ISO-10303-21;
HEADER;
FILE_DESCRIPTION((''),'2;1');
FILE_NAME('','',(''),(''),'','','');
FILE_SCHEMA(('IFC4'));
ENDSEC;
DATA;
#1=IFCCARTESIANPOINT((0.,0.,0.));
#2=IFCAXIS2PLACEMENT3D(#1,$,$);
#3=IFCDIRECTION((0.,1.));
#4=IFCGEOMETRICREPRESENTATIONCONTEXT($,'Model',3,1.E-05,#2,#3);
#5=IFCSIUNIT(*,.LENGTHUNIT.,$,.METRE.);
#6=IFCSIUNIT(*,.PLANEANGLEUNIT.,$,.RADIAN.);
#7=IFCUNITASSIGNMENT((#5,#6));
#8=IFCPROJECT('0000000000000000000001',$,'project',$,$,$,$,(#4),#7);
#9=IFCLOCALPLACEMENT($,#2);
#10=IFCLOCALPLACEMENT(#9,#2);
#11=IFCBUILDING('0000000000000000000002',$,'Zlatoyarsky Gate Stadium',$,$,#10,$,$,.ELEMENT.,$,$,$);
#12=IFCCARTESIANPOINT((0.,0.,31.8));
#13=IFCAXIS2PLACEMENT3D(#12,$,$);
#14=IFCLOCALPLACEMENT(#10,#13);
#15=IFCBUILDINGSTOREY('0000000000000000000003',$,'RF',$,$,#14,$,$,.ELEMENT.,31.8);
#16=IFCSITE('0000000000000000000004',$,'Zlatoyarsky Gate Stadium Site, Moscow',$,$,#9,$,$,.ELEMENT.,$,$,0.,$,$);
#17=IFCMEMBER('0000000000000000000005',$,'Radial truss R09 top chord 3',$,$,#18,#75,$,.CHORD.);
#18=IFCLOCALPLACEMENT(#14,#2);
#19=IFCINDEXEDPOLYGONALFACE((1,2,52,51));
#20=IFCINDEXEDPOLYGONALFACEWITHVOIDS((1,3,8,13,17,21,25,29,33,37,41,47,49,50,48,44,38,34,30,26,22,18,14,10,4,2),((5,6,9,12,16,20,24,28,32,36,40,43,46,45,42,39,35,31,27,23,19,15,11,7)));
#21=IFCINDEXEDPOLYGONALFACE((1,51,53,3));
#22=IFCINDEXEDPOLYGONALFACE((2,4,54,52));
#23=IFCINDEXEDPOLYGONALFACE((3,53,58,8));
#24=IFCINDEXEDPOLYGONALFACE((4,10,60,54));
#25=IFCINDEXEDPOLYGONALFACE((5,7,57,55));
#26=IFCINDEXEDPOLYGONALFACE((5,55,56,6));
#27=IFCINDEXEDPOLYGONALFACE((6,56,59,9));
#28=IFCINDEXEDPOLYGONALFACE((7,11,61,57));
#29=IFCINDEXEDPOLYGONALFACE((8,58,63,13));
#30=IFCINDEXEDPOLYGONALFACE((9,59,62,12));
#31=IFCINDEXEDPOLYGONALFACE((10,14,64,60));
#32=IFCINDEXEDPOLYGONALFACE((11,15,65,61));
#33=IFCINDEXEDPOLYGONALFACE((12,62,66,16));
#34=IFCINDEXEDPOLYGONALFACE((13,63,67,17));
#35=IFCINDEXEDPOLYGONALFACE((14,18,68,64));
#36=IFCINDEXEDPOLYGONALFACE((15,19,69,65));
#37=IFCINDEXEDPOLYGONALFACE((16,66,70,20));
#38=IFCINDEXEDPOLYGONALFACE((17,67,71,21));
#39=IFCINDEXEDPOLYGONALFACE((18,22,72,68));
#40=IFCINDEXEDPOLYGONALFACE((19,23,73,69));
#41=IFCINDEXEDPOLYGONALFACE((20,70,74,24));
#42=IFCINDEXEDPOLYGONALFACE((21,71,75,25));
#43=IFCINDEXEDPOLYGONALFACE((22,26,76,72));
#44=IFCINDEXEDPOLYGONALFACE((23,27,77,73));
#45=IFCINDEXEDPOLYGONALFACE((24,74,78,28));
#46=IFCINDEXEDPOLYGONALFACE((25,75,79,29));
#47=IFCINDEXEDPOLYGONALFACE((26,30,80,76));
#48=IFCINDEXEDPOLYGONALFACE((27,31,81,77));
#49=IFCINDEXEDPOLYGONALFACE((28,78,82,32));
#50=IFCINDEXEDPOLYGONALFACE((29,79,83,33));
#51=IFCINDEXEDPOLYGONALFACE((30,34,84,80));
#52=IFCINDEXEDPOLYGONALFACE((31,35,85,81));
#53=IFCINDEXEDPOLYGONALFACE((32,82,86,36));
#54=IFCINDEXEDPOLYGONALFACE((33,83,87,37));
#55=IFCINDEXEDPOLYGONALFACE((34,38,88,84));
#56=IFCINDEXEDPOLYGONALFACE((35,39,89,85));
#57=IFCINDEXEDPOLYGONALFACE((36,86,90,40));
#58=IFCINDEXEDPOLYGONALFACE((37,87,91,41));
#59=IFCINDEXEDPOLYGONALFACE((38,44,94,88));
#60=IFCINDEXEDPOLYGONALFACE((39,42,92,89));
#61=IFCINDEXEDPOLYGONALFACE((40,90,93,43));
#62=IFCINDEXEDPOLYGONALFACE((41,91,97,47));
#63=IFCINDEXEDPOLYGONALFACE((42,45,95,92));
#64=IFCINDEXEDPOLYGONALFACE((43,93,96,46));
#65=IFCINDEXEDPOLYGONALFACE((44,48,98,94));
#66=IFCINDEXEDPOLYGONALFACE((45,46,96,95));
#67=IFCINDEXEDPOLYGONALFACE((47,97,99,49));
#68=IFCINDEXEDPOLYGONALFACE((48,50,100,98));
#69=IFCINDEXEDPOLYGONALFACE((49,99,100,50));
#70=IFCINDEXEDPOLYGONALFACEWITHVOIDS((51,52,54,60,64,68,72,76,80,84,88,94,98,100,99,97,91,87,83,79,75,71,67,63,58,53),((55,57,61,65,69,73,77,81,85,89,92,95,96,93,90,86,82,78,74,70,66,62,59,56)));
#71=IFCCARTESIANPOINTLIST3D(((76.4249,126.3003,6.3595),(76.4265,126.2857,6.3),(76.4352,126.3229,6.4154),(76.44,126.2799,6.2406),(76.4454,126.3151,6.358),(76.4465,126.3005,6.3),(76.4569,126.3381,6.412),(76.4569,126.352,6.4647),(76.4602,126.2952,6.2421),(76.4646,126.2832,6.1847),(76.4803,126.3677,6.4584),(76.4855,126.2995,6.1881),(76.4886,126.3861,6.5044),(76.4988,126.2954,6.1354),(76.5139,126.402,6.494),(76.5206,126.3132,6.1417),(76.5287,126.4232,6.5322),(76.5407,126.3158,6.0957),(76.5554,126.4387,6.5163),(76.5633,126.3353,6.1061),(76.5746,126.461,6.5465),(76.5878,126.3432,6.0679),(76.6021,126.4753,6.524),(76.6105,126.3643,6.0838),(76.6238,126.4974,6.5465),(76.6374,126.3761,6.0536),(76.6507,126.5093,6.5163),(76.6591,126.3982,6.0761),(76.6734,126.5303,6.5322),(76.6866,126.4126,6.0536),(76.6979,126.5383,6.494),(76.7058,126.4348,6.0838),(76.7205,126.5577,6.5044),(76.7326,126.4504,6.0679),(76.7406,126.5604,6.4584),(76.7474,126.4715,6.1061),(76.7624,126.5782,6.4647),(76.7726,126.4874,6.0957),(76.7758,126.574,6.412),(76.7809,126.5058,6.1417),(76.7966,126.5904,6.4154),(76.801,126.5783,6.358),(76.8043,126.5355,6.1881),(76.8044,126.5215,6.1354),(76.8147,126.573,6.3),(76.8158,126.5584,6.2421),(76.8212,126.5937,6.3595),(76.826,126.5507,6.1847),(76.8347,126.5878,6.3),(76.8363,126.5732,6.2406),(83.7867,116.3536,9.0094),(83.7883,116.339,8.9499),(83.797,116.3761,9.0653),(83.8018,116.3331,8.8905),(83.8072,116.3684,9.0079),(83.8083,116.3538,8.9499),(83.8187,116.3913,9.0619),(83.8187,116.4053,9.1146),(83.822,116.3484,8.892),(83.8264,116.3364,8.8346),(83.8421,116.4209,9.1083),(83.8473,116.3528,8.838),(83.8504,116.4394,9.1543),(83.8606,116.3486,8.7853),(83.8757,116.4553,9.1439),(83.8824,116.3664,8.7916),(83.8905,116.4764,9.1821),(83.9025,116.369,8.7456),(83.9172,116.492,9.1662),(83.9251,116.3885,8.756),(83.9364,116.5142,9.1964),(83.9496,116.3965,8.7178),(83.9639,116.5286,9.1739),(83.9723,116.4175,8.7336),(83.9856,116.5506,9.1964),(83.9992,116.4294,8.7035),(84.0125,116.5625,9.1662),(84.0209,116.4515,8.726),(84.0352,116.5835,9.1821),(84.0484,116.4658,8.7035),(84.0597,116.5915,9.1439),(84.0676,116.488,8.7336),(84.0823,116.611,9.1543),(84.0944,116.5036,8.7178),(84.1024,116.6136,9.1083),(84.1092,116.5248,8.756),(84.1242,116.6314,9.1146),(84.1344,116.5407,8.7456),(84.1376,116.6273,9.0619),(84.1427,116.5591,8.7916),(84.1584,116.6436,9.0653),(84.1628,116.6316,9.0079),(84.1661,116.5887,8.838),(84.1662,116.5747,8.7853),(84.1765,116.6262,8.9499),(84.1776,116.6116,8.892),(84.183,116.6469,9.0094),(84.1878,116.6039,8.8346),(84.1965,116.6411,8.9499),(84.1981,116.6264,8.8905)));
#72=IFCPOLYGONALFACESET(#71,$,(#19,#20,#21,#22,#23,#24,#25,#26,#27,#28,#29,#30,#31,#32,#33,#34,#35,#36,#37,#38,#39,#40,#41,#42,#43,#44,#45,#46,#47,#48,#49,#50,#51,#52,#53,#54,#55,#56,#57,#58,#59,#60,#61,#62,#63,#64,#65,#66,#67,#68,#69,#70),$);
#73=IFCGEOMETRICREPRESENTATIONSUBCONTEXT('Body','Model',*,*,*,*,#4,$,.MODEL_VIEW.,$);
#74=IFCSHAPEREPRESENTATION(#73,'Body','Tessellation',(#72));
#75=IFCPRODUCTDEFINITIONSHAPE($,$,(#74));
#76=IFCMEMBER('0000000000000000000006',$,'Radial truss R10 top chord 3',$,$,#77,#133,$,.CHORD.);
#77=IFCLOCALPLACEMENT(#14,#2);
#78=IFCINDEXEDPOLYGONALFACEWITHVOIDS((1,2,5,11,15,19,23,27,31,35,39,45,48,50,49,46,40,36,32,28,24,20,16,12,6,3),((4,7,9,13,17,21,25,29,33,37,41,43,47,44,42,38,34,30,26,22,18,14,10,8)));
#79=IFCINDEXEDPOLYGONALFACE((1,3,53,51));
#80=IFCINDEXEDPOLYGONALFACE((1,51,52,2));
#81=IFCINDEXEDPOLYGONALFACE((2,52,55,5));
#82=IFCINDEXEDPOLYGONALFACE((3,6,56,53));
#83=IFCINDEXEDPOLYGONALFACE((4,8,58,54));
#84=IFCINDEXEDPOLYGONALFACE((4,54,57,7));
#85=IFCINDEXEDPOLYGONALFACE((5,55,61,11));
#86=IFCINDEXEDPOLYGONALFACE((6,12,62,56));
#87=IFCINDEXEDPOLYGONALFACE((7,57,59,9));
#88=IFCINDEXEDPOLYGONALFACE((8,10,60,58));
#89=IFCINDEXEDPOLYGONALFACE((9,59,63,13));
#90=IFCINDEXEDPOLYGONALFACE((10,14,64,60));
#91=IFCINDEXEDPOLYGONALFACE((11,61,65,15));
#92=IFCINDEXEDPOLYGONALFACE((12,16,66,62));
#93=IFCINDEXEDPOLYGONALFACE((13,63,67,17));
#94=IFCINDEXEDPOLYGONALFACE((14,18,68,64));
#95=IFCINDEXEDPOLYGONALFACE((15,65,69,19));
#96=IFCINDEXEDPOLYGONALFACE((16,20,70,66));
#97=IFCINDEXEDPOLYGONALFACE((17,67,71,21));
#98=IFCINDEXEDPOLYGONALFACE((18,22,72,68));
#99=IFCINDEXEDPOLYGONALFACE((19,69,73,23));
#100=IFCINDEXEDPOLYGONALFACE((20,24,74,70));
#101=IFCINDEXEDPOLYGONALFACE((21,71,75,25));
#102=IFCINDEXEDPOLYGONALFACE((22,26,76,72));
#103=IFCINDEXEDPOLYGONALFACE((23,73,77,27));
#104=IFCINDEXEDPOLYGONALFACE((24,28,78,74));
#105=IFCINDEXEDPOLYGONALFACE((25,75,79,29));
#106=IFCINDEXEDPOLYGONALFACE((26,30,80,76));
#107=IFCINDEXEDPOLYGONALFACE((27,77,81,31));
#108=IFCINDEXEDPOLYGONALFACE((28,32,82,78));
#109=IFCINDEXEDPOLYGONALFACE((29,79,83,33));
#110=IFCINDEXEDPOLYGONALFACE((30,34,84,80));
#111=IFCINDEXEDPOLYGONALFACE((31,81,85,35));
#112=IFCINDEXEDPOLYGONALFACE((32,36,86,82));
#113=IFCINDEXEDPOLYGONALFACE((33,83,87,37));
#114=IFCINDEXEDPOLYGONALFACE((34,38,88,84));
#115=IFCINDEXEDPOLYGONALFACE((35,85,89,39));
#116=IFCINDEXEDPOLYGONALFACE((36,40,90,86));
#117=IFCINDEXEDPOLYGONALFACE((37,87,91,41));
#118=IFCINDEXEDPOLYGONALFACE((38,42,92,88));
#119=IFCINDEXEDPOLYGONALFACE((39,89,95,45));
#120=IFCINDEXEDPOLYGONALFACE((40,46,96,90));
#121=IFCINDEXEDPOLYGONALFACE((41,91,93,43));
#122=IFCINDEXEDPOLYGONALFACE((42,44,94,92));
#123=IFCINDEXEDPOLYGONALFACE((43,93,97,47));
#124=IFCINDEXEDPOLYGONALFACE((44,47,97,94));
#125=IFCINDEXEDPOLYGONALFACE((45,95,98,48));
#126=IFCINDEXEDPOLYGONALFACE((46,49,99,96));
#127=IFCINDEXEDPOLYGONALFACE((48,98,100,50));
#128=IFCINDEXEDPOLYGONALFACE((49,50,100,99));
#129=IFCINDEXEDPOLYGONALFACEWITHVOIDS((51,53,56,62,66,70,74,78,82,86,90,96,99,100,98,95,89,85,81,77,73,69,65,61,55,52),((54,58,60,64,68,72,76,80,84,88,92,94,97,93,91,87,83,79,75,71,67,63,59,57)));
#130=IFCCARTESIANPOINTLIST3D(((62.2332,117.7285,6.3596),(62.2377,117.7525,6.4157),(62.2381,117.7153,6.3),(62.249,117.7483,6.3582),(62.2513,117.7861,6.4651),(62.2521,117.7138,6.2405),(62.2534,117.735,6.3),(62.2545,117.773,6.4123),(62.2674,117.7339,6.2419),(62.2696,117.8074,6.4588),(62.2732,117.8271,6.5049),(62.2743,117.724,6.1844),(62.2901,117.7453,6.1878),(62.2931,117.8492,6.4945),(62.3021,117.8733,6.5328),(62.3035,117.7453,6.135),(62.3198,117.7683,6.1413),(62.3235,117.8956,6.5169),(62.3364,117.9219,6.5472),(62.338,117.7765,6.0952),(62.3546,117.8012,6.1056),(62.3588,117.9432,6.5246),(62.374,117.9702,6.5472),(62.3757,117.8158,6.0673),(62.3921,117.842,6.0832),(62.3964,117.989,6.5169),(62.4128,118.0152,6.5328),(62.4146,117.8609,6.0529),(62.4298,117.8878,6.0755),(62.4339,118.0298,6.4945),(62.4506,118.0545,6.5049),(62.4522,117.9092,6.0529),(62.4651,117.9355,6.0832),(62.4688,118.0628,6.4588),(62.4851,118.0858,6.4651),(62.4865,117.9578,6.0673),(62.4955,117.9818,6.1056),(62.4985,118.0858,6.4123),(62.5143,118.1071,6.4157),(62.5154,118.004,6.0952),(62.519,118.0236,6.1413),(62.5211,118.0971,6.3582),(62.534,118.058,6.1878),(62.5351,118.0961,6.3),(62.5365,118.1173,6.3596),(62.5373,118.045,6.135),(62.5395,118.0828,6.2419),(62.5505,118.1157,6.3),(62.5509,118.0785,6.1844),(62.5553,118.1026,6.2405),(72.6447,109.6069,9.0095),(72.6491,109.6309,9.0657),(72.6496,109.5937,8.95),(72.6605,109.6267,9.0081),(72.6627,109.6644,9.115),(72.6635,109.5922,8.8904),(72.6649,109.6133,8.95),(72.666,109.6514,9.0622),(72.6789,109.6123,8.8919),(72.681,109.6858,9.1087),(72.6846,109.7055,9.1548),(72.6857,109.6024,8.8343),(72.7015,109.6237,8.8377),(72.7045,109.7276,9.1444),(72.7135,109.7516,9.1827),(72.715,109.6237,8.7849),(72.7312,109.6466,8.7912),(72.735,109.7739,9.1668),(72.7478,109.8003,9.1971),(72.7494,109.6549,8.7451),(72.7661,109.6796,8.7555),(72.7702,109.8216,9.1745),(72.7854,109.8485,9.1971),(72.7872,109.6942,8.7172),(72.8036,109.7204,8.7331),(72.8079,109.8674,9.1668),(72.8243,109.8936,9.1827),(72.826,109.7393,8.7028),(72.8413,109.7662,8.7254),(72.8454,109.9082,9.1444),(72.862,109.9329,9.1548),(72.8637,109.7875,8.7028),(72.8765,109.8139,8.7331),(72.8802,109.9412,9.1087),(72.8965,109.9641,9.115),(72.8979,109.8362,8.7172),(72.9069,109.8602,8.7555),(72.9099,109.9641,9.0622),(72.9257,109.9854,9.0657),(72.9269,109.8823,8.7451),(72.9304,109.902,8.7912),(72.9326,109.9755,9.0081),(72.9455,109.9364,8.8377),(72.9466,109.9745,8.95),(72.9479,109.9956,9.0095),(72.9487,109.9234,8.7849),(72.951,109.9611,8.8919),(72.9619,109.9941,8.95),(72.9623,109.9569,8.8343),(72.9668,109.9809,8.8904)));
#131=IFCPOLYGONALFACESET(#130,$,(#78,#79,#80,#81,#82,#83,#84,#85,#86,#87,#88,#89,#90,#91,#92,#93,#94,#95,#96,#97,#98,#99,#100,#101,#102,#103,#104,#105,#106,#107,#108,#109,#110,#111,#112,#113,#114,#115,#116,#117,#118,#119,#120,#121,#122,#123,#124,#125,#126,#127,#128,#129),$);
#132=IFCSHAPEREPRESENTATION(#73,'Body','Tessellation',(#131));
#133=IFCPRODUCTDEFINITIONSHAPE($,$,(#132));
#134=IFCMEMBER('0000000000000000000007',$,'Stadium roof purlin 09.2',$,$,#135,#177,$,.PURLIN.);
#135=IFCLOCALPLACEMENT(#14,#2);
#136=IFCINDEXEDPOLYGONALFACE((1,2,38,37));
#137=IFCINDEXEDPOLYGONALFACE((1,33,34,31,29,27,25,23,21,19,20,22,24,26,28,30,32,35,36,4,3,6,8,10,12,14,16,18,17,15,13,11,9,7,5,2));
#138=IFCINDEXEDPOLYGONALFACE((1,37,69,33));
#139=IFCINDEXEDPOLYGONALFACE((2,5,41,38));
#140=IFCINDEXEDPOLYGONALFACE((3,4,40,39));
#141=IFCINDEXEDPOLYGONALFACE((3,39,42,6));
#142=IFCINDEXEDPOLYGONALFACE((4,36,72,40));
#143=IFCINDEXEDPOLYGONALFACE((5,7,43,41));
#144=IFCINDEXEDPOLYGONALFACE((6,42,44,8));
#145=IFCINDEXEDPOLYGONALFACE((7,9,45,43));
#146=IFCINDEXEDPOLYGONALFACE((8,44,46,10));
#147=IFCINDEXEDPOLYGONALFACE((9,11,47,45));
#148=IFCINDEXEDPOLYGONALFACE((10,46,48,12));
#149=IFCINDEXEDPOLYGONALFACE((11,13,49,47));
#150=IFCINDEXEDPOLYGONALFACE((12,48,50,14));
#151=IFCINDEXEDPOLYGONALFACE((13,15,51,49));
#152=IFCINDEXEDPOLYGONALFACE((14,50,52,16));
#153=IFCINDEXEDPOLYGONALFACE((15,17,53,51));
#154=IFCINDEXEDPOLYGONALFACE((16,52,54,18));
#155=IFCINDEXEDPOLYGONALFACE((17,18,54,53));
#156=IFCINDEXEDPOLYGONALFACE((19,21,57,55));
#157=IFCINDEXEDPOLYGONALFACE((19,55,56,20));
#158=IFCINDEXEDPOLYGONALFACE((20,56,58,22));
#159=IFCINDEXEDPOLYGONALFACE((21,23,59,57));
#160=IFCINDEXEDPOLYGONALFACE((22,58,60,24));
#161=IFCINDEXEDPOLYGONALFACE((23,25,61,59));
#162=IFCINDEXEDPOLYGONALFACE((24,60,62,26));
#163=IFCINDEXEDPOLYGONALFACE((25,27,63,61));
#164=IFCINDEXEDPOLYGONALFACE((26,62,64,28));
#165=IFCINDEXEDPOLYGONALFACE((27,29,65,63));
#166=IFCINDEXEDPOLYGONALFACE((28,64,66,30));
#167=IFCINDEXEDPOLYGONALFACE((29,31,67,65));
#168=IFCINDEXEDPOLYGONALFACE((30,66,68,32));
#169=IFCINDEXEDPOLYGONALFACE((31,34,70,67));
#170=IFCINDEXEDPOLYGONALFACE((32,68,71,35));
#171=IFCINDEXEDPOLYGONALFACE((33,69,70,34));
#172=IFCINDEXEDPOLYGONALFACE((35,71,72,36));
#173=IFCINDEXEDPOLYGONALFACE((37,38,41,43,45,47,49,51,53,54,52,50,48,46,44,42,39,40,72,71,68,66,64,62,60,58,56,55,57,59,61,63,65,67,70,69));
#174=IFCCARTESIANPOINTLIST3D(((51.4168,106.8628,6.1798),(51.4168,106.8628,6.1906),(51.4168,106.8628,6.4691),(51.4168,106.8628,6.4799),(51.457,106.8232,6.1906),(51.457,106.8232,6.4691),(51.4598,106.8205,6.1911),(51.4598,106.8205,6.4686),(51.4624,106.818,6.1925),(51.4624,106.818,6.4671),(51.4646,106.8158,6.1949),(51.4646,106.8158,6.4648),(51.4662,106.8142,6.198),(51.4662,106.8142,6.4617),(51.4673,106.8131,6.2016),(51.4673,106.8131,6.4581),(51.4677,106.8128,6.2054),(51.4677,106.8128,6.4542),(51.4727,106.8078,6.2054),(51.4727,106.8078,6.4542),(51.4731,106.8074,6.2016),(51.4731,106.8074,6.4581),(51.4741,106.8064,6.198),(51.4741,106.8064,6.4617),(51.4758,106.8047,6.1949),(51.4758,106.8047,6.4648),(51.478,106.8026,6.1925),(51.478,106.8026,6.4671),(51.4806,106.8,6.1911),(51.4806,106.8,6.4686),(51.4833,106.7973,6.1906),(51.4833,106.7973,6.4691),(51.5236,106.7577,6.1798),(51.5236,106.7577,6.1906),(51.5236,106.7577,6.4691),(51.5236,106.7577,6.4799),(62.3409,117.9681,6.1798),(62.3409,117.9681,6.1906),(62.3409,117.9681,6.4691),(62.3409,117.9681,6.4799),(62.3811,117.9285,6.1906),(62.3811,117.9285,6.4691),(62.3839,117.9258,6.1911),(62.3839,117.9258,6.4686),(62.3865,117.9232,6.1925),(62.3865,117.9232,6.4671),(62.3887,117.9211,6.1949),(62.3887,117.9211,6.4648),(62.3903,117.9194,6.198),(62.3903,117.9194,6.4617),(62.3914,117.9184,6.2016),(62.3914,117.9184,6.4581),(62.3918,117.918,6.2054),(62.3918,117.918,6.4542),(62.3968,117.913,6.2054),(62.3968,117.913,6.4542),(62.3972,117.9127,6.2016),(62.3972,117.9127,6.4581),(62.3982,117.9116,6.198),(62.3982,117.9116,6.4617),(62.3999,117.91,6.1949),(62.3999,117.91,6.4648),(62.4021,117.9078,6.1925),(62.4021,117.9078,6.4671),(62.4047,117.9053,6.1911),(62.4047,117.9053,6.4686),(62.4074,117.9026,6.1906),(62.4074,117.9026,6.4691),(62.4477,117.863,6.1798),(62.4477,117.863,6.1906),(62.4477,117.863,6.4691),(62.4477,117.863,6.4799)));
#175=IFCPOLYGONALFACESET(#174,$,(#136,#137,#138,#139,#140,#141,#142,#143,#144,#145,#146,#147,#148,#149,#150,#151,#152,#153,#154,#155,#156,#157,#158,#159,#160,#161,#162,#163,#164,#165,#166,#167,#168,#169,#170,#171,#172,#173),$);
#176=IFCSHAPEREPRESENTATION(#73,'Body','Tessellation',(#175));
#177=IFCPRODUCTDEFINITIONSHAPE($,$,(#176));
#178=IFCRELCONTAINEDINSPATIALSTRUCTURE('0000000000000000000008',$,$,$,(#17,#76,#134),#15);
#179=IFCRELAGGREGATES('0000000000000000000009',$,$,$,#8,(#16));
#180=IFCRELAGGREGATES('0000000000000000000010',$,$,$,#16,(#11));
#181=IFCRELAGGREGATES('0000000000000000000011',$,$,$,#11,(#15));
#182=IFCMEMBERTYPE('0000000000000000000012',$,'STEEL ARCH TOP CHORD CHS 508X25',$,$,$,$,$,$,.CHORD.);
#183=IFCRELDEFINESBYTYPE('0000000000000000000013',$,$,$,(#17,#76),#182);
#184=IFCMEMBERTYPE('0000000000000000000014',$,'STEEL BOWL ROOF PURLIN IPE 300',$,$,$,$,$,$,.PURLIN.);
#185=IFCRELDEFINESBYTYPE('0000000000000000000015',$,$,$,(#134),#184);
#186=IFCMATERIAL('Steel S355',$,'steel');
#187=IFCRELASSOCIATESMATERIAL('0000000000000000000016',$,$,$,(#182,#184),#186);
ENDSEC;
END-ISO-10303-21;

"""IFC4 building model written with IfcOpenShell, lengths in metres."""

from ifc_helpers import new_model, si_unit, direction, frame, origin, origin_2d, place, context, subcontext, project, spatial, hollow_circle, i_section, extrude, material, material_profile, profile_set, type_object, element, save


model = new_model("IFC4")

# Units and contexts
model_context = context("Model", 3, precision=1e-05, world=origin(), true_north=direction((0.0, 1.0)))
body_context = subcontext(model_context, "Body", "Model", "MODEL_VIEW")
ifc_project = project(units=[si_unit("LENGTHUNIT", "METRE"), si_unit("PLANEANGLEUNIT", "RADIAN")], contexts=[model_context])

# Site, building, storey
site_placement = place(None, origin())
site = spatial("IfcSite", under=ifc_project, at=site_placement, Name="Zlatoyarsky Gate Stadium Site, Moscow", CompositionType="ELEMENT", RefElevation=0.0)
building_placement = place(site_placement, origin())
building = spatial("IfcBuilding", under=site, at=building_placement, Name="Zlatoyarsky Gate Stadium", CompositionType="ELEMENT")
storey_placement = place(building_placement, frame((0.0, 0.0, 31.8)))
storey = spatial("IfcBuildingStorey", under=building, at=storey_placement, Name="RF", CompositionType="ELEMENT", Elevation=31.8)

# Members
ifc_material_1 = material(Name="Steel S355", Category="steel")
ifc_material_profile_1 = material_profile(ifc_material_1, hollow_circle(Radius=0.2539, WallThickness=0.0249, at=origin_2d()), Name="CHS 508X25")
ifc_profile_set_1 = profile_set([ifc_material_profile_1], Name="Steel S355")
member_type_1 = type_object("IfcMemberType", Name="STEEL ARCH TOP CHORD CHS 508X25", PredefinedType="CHORD", material=ifc_profile_set_1)
member_1_placement = place(storey_placement, frame((76.6306, 126.4368, 6.3), z_axis=(0.581718, -0.785977, 0.209391), x_axis=(0.803795, 0.594906, 0.0)))
element("IfcMember", 1, at=member_1_placement, inside=storey, type_object=member_type_1, Name="Radial truss R09 top chord 3", PredefinedType="CHORD", context=body_context, shape_type="SweptSolid", body=[
    extrude(hollow_circle(Radius=0.2539, WallThickness=0.0249, at=origin_2d()), origin(), (0.0, 0.0, 1.0), 12.6553),
])
member_2_placement = place(storey_placement, frame((62.3943, 117.9155, 6.3), z_axis=(0.773063, -0.603042, 0.19676), x_axis=(0.615065, 0.788476, 0.0)))
element("IfcMember", 2, at=member_2_placement, inside=storey, type_object=member_type_1, Name="Radial truss R10 top chord 3", PredefinedType="CHORD", context=body_context, shape_type="SweptSolid", body=[
    extrude(hollow_circle(Radius=0.2539, WallThickness=0.0249, at=origin_2d()), origin(), (0.0, 0.0, 1.0), 13.4678),
])
ifc_material_profile_2 = material_profile(ifc_material_1, i_section(OverallWidth=0.1499, OverallDepth=0.3, WebThickness=0.0071, FlangeThickness=0.0107, FilletRadius=0.0149, at=origin_2d()), Name="IPE 300")
ifc_profile_set_2 = profile_set([ifc_material_profile_2], Name="Steel S355")
member_type_2 = type_object("IfcMemberType", Name="STEEL BOWL ROOF PURLIN IPE 300", PredefinedType="PURLIN", material=ifc_profile_set_2)
member_3_placement = place(storey_placement, frame((62.3943, 117.9155, 6.3298), z_axis=(-0.701268, -0.712897, 0.0), x_axis=(0.712897, -0.701268, 0.0)))
element("IfcMember", 3, at=member_3_placement, inside=storey, type_object=member_type_2, Name="Stadium roof purlin 09.2", PredefinedType="PURLIN", context=body_context, shape_type="SweptSolid", body=[
    extrude(i_section(OverallWidth=0.1499, OverallDepth=0.3, WebThickness=0.0071, FlangeThickness=0.0107, FilletRadius=0.0149, at=origin_2d()), origin(), (0.0, 0.0, 1.0), 15.5776),
])

save(model, "model.ifc")
